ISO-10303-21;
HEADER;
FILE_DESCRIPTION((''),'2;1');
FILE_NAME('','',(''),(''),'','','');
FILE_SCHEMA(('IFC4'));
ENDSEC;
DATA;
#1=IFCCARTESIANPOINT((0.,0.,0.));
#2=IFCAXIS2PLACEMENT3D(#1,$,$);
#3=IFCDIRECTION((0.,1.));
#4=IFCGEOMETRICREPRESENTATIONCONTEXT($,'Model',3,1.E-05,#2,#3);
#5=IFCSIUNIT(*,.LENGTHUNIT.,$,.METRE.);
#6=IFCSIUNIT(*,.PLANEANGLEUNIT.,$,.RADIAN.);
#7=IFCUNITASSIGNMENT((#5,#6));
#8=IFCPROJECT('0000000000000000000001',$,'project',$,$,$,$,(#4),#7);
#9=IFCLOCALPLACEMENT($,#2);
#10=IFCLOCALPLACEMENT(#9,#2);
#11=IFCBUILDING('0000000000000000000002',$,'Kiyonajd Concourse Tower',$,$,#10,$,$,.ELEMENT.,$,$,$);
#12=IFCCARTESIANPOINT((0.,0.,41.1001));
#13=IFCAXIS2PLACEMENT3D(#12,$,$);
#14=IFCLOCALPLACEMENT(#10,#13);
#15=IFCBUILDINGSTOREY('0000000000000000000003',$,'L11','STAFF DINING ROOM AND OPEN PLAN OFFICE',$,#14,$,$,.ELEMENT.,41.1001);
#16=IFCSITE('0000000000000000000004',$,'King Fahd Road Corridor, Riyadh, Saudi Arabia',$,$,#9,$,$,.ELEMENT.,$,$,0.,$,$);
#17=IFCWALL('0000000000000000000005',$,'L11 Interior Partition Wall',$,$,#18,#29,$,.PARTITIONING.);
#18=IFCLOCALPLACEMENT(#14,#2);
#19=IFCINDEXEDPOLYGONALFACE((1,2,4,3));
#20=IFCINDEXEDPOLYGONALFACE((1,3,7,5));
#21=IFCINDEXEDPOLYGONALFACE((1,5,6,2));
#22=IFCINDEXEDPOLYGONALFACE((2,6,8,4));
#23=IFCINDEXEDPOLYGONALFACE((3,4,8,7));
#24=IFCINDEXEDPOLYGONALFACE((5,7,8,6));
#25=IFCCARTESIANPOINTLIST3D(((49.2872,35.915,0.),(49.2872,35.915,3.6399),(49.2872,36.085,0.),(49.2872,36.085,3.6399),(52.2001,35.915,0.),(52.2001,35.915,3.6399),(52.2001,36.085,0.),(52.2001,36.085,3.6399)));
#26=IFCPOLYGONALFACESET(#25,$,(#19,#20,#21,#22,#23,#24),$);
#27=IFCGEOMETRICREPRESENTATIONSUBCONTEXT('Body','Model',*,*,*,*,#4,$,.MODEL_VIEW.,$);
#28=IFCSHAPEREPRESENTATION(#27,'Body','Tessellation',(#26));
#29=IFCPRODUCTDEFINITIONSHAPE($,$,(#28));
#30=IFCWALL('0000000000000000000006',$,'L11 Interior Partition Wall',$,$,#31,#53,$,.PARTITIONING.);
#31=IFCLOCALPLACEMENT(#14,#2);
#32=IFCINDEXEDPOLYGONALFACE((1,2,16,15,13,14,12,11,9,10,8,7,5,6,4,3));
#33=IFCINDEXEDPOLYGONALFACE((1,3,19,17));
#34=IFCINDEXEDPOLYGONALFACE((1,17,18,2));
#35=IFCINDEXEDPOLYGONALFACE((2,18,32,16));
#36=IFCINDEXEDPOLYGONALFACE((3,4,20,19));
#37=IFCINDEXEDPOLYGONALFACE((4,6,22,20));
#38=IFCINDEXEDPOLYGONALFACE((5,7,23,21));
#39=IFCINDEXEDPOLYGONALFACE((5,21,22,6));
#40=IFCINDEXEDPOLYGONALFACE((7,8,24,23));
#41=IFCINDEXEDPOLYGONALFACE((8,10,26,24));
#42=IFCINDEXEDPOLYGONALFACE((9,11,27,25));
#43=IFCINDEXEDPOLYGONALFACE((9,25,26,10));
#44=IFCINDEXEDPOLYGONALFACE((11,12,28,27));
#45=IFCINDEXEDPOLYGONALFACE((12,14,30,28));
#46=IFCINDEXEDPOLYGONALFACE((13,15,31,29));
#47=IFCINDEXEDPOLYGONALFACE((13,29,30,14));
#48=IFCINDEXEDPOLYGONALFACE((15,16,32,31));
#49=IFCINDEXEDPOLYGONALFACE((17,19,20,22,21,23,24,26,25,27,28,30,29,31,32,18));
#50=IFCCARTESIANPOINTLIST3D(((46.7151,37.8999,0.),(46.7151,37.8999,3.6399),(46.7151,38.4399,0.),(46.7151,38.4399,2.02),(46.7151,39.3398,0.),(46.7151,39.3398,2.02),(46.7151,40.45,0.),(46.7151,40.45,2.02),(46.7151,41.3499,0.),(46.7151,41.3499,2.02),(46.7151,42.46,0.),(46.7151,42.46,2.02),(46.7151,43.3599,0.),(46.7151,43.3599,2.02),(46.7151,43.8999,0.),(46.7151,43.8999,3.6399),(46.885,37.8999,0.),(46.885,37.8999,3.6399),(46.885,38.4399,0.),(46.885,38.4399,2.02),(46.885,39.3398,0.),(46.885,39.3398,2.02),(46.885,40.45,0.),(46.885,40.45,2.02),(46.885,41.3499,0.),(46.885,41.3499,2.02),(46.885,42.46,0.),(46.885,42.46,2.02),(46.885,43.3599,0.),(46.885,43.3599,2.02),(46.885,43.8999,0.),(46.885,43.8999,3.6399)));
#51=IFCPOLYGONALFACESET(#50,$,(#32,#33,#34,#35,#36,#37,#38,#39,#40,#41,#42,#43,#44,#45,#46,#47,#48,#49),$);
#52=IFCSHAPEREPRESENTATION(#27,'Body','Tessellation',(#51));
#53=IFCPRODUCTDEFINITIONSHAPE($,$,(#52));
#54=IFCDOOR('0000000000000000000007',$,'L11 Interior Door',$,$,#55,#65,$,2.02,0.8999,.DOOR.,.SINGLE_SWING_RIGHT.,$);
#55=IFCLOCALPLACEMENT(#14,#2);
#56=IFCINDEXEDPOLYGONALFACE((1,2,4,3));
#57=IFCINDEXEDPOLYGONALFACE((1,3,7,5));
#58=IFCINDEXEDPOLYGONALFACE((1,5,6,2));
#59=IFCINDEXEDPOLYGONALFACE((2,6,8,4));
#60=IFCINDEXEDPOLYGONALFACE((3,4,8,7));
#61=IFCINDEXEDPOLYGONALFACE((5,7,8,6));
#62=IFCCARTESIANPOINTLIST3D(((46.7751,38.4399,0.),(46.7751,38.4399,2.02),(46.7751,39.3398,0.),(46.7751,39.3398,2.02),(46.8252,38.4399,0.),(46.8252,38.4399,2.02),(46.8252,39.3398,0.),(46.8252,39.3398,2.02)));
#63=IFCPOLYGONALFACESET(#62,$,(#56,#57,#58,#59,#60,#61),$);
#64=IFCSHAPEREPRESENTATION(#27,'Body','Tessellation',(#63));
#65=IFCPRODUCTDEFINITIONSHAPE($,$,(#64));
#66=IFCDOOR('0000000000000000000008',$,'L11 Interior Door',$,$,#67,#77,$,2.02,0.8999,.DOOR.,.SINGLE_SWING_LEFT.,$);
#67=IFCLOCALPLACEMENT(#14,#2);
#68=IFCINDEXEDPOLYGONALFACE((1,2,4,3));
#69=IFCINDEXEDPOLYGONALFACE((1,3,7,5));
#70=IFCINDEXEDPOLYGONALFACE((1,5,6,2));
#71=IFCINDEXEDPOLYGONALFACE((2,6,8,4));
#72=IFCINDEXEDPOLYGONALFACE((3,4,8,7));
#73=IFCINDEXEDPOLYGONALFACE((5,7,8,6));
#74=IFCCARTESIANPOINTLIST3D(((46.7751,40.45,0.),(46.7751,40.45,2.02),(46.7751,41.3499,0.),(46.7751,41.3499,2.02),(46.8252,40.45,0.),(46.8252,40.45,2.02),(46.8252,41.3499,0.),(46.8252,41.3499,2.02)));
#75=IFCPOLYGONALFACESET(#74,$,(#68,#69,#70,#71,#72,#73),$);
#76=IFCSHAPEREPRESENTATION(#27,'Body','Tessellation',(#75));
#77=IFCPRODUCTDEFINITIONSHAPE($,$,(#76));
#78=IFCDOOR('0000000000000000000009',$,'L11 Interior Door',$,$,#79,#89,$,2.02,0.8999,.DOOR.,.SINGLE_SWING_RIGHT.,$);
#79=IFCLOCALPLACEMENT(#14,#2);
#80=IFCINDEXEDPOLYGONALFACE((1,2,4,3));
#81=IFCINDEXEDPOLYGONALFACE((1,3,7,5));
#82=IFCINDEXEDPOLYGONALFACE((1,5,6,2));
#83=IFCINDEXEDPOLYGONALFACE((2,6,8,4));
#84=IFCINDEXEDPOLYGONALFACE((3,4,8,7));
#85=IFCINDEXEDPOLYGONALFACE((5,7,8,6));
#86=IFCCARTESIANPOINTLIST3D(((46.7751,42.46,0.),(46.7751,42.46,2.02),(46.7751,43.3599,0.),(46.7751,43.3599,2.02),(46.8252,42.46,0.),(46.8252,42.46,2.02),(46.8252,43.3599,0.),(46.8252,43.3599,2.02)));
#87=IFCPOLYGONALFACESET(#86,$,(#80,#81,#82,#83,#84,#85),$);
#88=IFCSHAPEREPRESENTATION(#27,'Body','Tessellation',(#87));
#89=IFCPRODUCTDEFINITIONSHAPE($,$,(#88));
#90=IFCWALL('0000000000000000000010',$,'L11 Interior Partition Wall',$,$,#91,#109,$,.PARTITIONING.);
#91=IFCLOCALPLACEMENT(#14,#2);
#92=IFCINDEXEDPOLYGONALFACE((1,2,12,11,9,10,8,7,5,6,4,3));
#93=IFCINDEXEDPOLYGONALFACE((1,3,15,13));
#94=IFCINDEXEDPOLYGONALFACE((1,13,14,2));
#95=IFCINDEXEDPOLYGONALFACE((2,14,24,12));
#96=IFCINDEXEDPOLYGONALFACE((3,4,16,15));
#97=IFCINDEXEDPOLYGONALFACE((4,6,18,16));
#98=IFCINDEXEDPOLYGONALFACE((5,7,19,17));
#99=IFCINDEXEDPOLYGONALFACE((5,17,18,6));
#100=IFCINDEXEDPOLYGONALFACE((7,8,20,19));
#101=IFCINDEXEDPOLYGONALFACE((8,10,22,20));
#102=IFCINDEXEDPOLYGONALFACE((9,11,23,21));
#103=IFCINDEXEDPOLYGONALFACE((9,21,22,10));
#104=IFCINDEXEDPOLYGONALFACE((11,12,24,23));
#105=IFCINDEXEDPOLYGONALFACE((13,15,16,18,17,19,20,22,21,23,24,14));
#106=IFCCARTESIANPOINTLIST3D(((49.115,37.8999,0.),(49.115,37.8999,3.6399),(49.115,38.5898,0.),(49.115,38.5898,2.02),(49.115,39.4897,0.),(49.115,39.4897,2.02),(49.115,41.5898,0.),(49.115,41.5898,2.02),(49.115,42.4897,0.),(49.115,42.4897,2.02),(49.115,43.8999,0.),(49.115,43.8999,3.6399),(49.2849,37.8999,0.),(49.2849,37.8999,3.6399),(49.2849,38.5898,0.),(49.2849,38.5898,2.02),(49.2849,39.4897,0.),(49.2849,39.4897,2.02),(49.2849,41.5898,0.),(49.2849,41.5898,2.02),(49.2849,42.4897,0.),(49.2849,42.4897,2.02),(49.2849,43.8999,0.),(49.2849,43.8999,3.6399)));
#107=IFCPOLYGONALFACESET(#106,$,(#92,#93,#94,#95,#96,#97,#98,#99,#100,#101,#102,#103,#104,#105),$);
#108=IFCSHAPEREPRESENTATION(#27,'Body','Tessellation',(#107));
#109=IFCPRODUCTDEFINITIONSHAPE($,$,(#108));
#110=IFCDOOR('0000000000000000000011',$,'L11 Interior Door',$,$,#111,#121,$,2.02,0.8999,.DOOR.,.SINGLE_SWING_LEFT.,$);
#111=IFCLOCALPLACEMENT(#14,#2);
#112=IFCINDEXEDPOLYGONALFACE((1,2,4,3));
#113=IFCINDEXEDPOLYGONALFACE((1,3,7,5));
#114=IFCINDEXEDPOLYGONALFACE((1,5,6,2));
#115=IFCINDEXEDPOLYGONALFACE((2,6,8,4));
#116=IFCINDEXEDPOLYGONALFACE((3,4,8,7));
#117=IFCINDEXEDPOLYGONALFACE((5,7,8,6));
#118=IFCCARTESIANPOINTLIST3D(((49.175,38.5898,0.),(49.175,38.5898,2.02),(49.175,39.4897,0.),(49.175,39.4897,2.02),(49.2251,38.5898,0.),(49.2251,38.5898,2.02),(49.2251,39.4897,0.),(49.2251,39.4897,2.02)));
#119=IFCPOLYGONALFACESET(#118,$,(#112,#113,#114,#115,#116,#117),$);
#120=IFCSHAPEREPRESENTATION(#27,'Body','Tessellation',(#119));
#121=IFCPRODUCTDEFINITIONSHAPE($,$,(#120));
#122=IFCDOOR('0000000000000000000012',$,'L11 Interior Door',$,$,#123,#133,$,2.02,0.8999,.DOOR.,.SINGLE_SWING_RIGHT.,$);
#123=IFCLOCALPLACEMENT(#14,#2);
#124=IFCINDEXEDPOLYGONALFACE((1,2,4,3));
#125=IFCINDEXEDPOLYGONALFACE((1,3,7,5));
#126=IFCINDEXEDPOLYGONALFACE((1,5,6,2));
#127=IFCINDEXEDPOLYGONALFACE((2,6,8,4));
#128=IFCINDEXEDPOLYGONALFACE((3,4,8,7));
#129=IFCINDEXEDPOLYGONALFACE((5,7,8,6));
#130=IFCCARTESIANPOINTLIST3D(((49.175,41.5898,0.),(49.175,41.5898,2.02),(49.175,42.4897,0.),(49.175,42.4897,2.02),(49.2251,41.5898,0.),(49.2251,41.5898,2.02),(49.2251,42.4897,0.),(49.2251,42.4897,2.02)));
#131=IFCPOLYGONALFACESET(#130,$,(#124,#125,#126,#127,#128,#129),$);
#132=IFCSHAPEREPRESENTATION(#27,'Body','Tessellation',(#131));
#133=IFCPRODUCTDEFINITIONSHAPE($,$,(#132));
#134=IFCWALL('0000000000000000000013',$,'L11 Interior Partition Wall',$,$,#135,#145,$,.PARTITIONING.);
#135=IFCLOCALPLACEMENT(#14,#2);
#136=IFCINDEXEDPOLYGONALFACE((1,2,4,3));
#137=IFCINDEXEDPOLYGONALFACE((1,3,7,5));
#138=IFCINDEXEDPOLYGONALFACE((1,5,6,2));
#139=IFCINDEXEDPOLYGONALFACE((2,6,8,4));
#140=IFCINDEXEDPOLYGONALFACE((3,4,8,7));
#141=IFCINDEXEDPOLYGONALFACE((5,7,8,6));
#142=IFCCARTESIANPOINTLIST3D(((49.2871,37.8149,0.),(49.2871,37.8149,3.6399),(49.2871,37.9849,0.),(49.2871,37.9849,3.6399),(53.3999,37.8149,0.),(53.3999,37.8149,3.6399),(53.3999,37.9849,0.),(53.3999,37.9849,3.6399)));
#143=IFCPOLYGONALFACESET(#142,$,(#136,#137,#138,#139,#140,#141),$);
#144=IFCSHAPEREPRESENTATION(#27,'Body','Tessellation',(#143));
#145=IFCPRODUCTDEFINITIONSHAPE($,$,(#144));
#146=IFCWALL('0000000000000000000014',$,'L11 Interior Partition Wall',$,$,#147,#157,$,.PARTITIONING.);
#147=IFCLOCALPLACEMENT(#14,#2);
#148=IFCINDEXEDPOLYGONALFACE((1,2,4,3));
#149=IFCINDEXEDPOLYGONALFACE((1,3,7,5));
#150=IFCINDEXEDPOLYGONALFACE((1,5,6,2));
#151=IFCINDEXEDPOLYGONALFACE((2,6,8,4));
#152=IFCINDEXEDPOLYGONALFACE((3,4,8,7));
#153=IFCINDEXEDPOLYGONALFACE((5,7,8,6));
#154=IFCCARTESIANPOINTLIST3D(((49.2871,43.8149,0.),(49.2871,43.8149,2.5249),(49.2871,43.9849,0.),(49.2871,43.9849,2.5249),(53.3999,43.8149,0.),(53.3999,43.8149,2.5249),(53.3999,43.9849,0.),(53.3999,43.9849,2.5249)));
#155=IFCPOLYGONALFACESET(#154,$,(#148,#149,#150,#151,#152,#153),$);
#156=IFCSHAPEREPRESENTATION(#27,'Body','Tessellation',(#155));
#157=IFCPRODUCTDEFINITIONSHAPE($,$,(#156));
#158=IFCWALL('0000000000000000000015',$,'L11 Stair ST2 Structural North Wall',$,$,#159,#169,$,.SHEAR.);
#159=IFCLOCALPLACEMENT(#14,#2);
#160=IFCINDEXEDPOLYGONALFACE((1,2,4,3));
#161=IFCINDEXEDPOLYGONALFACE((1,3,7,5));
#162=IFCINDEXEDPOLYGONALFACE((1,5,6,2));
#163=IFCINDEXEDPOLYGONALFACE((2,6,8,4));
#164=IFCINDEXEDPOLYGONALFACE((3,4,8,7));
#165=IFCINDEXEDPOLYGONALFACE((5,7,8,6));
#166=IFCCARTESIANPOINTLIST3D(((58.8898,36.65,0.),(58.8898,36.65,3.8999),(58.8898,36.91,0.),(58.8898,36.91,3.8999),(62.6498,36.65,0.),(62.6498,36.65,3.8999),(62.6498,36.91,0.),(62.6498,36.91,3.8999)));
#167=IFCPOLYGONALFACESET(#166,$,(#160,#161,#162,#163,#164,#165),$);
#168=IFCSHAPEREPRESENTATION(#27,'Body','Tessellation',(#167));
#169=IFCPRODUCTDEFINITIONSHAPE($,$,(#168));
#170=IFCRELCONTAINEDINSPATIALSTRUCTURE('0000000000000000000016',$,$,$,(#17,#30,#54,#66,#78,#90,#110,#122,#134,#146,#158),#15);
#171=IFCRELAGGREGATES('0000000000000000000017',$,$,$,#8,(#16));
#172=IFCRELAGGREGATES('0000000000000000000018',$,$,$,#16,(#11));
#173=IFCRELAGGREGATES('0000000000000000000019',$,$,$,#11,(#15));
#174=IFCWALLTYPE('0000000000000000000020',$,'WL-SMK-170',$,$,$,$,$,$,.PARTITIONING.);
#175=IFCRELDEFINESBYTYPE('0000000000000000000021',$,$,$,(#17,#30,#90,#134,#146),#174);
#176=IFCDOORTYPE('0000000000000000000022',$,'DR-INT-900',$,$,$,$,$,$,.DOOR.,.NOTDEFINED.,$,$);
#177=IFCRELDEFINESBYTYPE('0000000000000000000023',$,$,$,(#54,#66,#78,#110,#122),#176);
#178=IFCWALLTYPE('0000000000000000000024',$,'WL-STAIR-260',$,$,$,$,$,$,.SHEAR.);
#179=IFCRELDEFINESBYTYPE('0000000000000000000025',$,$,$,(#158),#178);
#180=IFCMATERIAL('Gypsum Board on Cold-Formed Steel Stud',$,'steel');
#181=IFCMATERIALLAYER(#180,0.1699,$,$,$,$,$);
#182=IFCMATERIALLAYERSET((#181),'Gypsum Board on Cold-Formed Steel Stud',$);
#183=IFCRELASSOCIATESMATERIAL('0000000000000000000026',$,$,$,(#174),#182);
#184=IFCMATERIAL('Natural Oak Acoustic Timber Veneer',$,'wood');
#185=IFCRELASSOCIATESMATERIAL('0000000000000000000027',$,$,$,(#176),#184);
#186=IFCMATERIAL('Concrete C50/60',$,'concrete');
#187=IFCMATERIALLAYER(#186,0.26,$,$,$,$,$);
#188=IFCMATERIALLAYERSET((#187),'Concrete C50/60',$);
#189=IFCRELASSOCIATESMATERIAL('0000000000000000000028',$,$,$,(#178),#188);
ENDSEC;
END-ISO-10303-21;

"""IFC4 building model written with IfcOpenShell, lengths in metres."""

from ifc_helpers import new_model, si_unit, direction, frame, frame_2d, origin, place, context, subcontext, project, spatial, rectangle, extrude, material, layer, layer_set, type_object, element, fill, save


model = new_model("IFC4")

# Units and contexts
model_context = context("Model", 3, precision=1e-05, world=origin(), true_north=direction((0.0, 1.0)))
body_context = subcontext(model_context, "Body", "Model", "MODEL_VIEW")
ifc_project = project(units=[si_unit("LENGTHUNIT", "METRE"), si_unit("PLANEANGLEUNIT", "RADIAN")], contexts=[model_context])

# Site, building, storey
site_placement = place(None, origin())
site = spatial("IfcSite", under=ifc_project, at=site_placement, Name="King Fahd Road Corridor, Riyadh, Saudi Arabia", CompositionType="ELEMENT", RefElevation=0.0)
building_placement = place(site_placement, origin())
building = spatial("IfcBuilding", under=site, at=building_placement, Name="Kiyonajd Concourse Tower", CompositionType="ELEMENT")
storey_placement = place(building_placement, frame((0.0, 0.0, 41.1001)))
storey = spatial("IfcBuildingStorey", under=building, at=storey_placement, Name="L11", Description="STAFF DINING ROOM AND OPEN PLAN OFFICE", CompositionType="ELEMENT", Elevation=41.1001)

# Shared definitions
ifc_material_1 = material(Name="Concrete C50/60", Category="concrete")

# Wall
ifc_material_2 = material(Name="Gypsum Board on Cold-Formed Steel Stud", Category="steel")
ifc_layer_1 = layer(ifc_material_2, 0.1699)
ifc_layer_set_1 = layer_set([ifc_layer_1], Name="Gypsum Board on Cold-Formed Steel Stud")
wall_type_1 = type_object("IfcWallType", Name="WL-SMK-170", PredefinedType="PARTITIONING", material=ifc_layer_set_1)
wall_1_placement = place(storey_placement, frame((49.2871, 36.0, 0.0), z_axis=(0.0, 0.0, 1.0), x_axis=(1.0, 0.0, 0.0)))
element("IfcWall", 1, at=wall_1_placement, inside=storey, type_object=wall_type_1, Name="L11 Interior Partition Wall", PredefinedType="PARTITIONING", context=body_context, shape_type="SweptSolid", body=[
    extrude(rectangle(XDim=2.9128, YDim=0.1699, at=frame_2d((1.4565, 0.0))), origin(), (0.0, 0.0, 1.0), 3.6399),
])

# Walls, openings, doors
wall_2_placement = place(storey_placement, frame((46.8, 37.8999, 0.0), z_axis=(0.0, 0.0, 1.0), x_axis=(0.0, 1.0, 0.0)))
wall_2 = element("IfcWall", 2, at=wall_2_placement, inside=storey, type_object=wall_type_1, Name="L11 Interior Partition Wall", PredefinedType="PARTITIONING", context=body_context, shape_type="SweptSolid", body=[
    extrude(rectangle(XDim=6.0, YDim=0.1699, at=frame_2d((3.0, 0.0))), origin(), (0.0, 0.0, 1.0), 3.6399),
])
opening_1_placement = place(wall_2_placement, frame((0.54, 0.0, 0.0)))
opening_1 = element("IfcOpeningElement", 3, at=opening_1_placement, cuts=wall_2, PredefinedType="OPENING", context=body_context, shape_type="SweptSolid", body=[
    extrude(rectangle(XDim=0.8999, YDim=2.02, at=frame_2d((0.45, 1.01))), frame((0.0, 0.095, 0.0), z_axis=(0.0, -1.0, 0.0), x_axis=(1.0, 0.0, 0.0)), (0.0, 0.0, 1.0), 0.1899),
])
opening_2_placement = place(wall_2_placement, frame((2.55, 0.0, 0.0)))
opening_2 = element("IfcOpeningElement", 4, at=opening_2_placement, cuts=wall_2, PredefinedType="OPENING", context=body_context, shape_type="SweptSolid", body=[
    extrude(rectangle(XDim=0.8999, YDim=2.02, at=frame_2d((0.45, 1.01))), frame((0.0, 0.095, 0.0), z_axis=(0.0, -1.0, 0.0), x_axis=(1.0, 0.0, 0.0)), (0.0, 0.0, 1.0), 0.1899),
])
opening_3_placement = place(wall_2_placement, frame((4.5601, 0.0, 0.0)))
opening_3 = element("IfcOpeningElement", 5, at=opening_3_placement, cuts=wall_2, PredefinedType="OPENING", context=body_context, shape_type="SweptSolid", body=[
    extrude(rectangle(XDim=0.8999, YDim=2.02, at=frame_2d((0.45, 1.01))), frame((0.0, 0.095, 0.0), z_axis=(0.0, -1.0, 0.0), x_axis=(1.0, 0.0, 0.0)), (0.0, 0.0, 1.0), 0.1899),
])
ifc_material_3 = material(Name="Natural Oak Acoustic Timber Veneer", Category="wood")
door_type_1 = type_object("IfcDoorType", Name="DR-INT-900", OperationType="NOTDEFINED", PredefinedType="DOOR", material=ifc_material_3)
door_1_placement = place(opening_1_placement, origin())
door_1 = element("IfcDoor", 6, at=door_1_placement, inside=storey, type_object=door_type_1, Name="L11 Interior Door", OperationType="SINGLE_SWING_RIGHT", OverallHeight=2.02, OverallWidth=0.8999, PredefinedType="DOOR", context=body_context, shape_type="SweptSolid", body=[
    extrude(rectangle(XDim=0.8999, YDim=2.02, at=frame_2d((0.45, 1.01))), frame((0.0, 0.0249, 0.0), z_axis=(0.0, -1.0, 0.0), x_axis=(1.0, 0.0, 0.0)), (0.0, 0.0, 1.0), 0.05),
])
fill(opening_1, door_1)
door_2_placement = place(opening_2_placement, origin())
door_2 = element("IfcDoor", 7, at=door_2_placement, inside=storey, type_object=door_type_1, Name="L11 Interior Door", OperationType="SINGLE_SWING_LEFT", OverallHeight=2.02, OverallWidth=0.8999, PredefinedType="DOOR", context=body_context, shape_type="SweptSolid", body=[
    extrude(rectangle(XDim=0.8999, YDim=2.02, at=frame_2d((0.45, 1.01))), frame((0.0, 0.0249, 0.0), z_axis=(0.0, -1.0, 0.0), x_axis=(1.0, 0.0, 0.0)), (0.0, 0.0, 1.0), 0.05),
])
fill(opening_2, door_2)
door_3_placement = place(opening_3_placement, origin())
door_3 = element("IfcDoor", 8, at=door_3_placement, inside=storey, type_object=door_type_1, Name="L11 Interior Door", OperationType="SINGLE_SWING_RIGHT", OverallHeight=2.02, OverallWidth=0.8999, PredefinedType="DOOR", context=body_context, shape_type="SweptSolid", body=[
    extrude(rectangle(XDim=0.8999, YDim=2.02, at=frame_2d((0.45, 1.01))), frame((0.0, 0.0249, 0.0), z_axis=(0.0, -1.0, 0.0), x_axis=(1.0, 0.0, 0.0)), (0.0, 0.0, 1.0), 0.05),
])
fill(opening_3, door_3)
wall_3_placement = place(storey_placement, frame((49.2, 37.8999, 0.0), z_axis=(0.0, 0.0, 1.0), x_axis=(0.0, 1.0, 0.0)))
wall_3 = element("IfcWall", 9, at=wall_3_placement, inside=storey, type_object=wall_type_1, Name="L11 Interior Partition Wall", PredefinedType="PARTITIONING", context=body_context, shape_type="SweptSolid", body=[
    extrude(rectangle(XDim=6.0, YDim=0.1699, at=frame_2d((3.0, 0.0))), origin(), (0.0, 0.0, 1.0), 3.6399),
])
opening_4_placement = place(wall_3_placement, frame((0.6899, 0.0, 0.0)))
opening_4 = element("IfcOpeningElement", 10, at=opening_4_placement, cuts=wall_3, PredefinedType="OPENING", context=body_context, shape_type="SweptSolid", body=[
    extrude(rectangle(XDim=0.8999, YDim=2.02, at=frame_2d((0.45, 1.01))), frame((0.0, 0.095, 0.0), z_axis=(0.0, -1.0, 0.0), x_axis=(1.0, 0.0, 0.0)), (0.0, 0.0, 1.0), 0.1899),
])
opening_5_placement = place(wall_3_placement, frame((3.6899, 0.0, 0.0)))
opening_5 = element("IfcOpeningElement", 11, at=opening_5_placement, cuts=wall_3, PredefinedType="OPENING", context=body_context, shape_type="SweptSolid", body=[
    extrude(rectangle(XDim=0.8999, YDim=2.02, at=frame_2d((0.45, 1.01))), frame((0.0, 0.095, 0.0), z_axis=(0.0, -1.0, 0.0), x_axis=(1.0, 0.0, 0.0)), (0.0, 0.0, 1.0), 0.1899),
])
door_4_placement = place(opening_4_placement, origin())
door_4 = element("IfcDoor", 12, at=door_4_placement, inside=storey, type_object=door_type_1, Name="L11 Interior Door", OperationType="SINGLE_SWING_LEFT", OverallHeight=2.02, OverallWidth=0.8999, PredefinedType="DOOR", context=body_context, shape_type="SweptSolid", body=[
    extrude(rectangle(XDim=0.8999, YDim=2.02, at=frame_2d((0.45, 1.01))), frame((0.0, 0.0249, 0.0), z_axis=(0.0, -1.0, 0.0), x_axis=(1.0, 0.0, 0.0)), (0.0, 0.0, 1.0), 0.05),
])
fill(opening_4, door_4)
door_5_placement = place(opening_5_placement, origin())
door_5 = element("IfcDoor", 13, at=door_5_placement, inside=storey, type_object=door_type_1, Name="L11 Interior Door", OperationType="SINGLE_SWING_RIGHT", OverallHeight=2.02, OverallWidth=0.8999, PredefinedType="DOOR", context=body_context, shape_type="SweptSolid", body=[
    extrude(rectangle(XDim=0.8999, YDim=2.02, at=frame_2d((0.45, 1.01))), frame((0.0, 0.0249, 0.0), z_axis=(0.0, -1.0, 0.0), x_axis=(1.0, 0.0, 0.0)), (0.0, 0.0, 1.0), 0.05),
])
fill(opening_5, door_5)

# Walls
wall_4_placement = place(storey_placement, frame((49.2871, 37.8999, 0.0), z_axis=(0.0, 0.0, 1.0), x_axis=(1.0, 0.0, 0.0)))
element("IfcWall", 14, at=wall_4_placement, inside=storey, type_object=wall_type_1, Name="L11 Interior Partition Wall", PredefinedType="PARTITIONING", context=body_context, shape_type="SweptSolid", body=[
    extrude(rectangle(XDim=4.1128, YDim=0.1699, at=frame_2d((2.0564, 0.0))), origin(), (0.0, 0.0, 1.0), 3.6399),
])
wall_5_placement = place(storey_placement, frame((49.2871, 43.8999, 0.0), z_axis=(0.0, 0.0, 1.0), x_axis=(1.0, 0.0, 0.0)))
element("IfcWall", 15, at=wall_5_placement, inside=storey, type_object=wall_type_1, Name="L11 Interior Partition Wall", PredefinedType="PARTITIONING", context=body_context, shape_type="SweptSolid", body=[
    extrude(rectangle(XDim=4.1128, YDim=0.1699, at=frame_2d((2.0564, 0.0))), origin(), (0.0, 0.0, 1.0), 2.5249),
])
ifc_layer_2 = layer(ifc_material_1, 0.26)
ifc_layer_set_2 = layer_set([ifc_layer_2], Name="Concrete C50/60")
wall_type_2 = type_object("IfcWallType", Name="WL-STAIR-260", PredefinedType="SHEAR", material=ifc_layer_set_2)
wall_6_placement = place(storey_placement, frame((58.8899, 36.78, 0.0), z_axis=(0.0, 0.0, 1.0), x_axis=(1.0, 0.0, 0.0)))
element("IfcWall", 16, at=wall_6_placement, inside=storey, type_object=wall_type_2, Name="L11 Stair ST2 Structural North Wall", PredefinedType="SHEAR", context=body_context, shape_type="SweptSolid", body=[
    extrude(rectangle(XDim=3.76, YDim=0.26, at=frame_2d((1.8799, 0.0))), origin(), (0.0, 0.0, 1.0), 3.8999),
])

save(model, "model.ifc")
